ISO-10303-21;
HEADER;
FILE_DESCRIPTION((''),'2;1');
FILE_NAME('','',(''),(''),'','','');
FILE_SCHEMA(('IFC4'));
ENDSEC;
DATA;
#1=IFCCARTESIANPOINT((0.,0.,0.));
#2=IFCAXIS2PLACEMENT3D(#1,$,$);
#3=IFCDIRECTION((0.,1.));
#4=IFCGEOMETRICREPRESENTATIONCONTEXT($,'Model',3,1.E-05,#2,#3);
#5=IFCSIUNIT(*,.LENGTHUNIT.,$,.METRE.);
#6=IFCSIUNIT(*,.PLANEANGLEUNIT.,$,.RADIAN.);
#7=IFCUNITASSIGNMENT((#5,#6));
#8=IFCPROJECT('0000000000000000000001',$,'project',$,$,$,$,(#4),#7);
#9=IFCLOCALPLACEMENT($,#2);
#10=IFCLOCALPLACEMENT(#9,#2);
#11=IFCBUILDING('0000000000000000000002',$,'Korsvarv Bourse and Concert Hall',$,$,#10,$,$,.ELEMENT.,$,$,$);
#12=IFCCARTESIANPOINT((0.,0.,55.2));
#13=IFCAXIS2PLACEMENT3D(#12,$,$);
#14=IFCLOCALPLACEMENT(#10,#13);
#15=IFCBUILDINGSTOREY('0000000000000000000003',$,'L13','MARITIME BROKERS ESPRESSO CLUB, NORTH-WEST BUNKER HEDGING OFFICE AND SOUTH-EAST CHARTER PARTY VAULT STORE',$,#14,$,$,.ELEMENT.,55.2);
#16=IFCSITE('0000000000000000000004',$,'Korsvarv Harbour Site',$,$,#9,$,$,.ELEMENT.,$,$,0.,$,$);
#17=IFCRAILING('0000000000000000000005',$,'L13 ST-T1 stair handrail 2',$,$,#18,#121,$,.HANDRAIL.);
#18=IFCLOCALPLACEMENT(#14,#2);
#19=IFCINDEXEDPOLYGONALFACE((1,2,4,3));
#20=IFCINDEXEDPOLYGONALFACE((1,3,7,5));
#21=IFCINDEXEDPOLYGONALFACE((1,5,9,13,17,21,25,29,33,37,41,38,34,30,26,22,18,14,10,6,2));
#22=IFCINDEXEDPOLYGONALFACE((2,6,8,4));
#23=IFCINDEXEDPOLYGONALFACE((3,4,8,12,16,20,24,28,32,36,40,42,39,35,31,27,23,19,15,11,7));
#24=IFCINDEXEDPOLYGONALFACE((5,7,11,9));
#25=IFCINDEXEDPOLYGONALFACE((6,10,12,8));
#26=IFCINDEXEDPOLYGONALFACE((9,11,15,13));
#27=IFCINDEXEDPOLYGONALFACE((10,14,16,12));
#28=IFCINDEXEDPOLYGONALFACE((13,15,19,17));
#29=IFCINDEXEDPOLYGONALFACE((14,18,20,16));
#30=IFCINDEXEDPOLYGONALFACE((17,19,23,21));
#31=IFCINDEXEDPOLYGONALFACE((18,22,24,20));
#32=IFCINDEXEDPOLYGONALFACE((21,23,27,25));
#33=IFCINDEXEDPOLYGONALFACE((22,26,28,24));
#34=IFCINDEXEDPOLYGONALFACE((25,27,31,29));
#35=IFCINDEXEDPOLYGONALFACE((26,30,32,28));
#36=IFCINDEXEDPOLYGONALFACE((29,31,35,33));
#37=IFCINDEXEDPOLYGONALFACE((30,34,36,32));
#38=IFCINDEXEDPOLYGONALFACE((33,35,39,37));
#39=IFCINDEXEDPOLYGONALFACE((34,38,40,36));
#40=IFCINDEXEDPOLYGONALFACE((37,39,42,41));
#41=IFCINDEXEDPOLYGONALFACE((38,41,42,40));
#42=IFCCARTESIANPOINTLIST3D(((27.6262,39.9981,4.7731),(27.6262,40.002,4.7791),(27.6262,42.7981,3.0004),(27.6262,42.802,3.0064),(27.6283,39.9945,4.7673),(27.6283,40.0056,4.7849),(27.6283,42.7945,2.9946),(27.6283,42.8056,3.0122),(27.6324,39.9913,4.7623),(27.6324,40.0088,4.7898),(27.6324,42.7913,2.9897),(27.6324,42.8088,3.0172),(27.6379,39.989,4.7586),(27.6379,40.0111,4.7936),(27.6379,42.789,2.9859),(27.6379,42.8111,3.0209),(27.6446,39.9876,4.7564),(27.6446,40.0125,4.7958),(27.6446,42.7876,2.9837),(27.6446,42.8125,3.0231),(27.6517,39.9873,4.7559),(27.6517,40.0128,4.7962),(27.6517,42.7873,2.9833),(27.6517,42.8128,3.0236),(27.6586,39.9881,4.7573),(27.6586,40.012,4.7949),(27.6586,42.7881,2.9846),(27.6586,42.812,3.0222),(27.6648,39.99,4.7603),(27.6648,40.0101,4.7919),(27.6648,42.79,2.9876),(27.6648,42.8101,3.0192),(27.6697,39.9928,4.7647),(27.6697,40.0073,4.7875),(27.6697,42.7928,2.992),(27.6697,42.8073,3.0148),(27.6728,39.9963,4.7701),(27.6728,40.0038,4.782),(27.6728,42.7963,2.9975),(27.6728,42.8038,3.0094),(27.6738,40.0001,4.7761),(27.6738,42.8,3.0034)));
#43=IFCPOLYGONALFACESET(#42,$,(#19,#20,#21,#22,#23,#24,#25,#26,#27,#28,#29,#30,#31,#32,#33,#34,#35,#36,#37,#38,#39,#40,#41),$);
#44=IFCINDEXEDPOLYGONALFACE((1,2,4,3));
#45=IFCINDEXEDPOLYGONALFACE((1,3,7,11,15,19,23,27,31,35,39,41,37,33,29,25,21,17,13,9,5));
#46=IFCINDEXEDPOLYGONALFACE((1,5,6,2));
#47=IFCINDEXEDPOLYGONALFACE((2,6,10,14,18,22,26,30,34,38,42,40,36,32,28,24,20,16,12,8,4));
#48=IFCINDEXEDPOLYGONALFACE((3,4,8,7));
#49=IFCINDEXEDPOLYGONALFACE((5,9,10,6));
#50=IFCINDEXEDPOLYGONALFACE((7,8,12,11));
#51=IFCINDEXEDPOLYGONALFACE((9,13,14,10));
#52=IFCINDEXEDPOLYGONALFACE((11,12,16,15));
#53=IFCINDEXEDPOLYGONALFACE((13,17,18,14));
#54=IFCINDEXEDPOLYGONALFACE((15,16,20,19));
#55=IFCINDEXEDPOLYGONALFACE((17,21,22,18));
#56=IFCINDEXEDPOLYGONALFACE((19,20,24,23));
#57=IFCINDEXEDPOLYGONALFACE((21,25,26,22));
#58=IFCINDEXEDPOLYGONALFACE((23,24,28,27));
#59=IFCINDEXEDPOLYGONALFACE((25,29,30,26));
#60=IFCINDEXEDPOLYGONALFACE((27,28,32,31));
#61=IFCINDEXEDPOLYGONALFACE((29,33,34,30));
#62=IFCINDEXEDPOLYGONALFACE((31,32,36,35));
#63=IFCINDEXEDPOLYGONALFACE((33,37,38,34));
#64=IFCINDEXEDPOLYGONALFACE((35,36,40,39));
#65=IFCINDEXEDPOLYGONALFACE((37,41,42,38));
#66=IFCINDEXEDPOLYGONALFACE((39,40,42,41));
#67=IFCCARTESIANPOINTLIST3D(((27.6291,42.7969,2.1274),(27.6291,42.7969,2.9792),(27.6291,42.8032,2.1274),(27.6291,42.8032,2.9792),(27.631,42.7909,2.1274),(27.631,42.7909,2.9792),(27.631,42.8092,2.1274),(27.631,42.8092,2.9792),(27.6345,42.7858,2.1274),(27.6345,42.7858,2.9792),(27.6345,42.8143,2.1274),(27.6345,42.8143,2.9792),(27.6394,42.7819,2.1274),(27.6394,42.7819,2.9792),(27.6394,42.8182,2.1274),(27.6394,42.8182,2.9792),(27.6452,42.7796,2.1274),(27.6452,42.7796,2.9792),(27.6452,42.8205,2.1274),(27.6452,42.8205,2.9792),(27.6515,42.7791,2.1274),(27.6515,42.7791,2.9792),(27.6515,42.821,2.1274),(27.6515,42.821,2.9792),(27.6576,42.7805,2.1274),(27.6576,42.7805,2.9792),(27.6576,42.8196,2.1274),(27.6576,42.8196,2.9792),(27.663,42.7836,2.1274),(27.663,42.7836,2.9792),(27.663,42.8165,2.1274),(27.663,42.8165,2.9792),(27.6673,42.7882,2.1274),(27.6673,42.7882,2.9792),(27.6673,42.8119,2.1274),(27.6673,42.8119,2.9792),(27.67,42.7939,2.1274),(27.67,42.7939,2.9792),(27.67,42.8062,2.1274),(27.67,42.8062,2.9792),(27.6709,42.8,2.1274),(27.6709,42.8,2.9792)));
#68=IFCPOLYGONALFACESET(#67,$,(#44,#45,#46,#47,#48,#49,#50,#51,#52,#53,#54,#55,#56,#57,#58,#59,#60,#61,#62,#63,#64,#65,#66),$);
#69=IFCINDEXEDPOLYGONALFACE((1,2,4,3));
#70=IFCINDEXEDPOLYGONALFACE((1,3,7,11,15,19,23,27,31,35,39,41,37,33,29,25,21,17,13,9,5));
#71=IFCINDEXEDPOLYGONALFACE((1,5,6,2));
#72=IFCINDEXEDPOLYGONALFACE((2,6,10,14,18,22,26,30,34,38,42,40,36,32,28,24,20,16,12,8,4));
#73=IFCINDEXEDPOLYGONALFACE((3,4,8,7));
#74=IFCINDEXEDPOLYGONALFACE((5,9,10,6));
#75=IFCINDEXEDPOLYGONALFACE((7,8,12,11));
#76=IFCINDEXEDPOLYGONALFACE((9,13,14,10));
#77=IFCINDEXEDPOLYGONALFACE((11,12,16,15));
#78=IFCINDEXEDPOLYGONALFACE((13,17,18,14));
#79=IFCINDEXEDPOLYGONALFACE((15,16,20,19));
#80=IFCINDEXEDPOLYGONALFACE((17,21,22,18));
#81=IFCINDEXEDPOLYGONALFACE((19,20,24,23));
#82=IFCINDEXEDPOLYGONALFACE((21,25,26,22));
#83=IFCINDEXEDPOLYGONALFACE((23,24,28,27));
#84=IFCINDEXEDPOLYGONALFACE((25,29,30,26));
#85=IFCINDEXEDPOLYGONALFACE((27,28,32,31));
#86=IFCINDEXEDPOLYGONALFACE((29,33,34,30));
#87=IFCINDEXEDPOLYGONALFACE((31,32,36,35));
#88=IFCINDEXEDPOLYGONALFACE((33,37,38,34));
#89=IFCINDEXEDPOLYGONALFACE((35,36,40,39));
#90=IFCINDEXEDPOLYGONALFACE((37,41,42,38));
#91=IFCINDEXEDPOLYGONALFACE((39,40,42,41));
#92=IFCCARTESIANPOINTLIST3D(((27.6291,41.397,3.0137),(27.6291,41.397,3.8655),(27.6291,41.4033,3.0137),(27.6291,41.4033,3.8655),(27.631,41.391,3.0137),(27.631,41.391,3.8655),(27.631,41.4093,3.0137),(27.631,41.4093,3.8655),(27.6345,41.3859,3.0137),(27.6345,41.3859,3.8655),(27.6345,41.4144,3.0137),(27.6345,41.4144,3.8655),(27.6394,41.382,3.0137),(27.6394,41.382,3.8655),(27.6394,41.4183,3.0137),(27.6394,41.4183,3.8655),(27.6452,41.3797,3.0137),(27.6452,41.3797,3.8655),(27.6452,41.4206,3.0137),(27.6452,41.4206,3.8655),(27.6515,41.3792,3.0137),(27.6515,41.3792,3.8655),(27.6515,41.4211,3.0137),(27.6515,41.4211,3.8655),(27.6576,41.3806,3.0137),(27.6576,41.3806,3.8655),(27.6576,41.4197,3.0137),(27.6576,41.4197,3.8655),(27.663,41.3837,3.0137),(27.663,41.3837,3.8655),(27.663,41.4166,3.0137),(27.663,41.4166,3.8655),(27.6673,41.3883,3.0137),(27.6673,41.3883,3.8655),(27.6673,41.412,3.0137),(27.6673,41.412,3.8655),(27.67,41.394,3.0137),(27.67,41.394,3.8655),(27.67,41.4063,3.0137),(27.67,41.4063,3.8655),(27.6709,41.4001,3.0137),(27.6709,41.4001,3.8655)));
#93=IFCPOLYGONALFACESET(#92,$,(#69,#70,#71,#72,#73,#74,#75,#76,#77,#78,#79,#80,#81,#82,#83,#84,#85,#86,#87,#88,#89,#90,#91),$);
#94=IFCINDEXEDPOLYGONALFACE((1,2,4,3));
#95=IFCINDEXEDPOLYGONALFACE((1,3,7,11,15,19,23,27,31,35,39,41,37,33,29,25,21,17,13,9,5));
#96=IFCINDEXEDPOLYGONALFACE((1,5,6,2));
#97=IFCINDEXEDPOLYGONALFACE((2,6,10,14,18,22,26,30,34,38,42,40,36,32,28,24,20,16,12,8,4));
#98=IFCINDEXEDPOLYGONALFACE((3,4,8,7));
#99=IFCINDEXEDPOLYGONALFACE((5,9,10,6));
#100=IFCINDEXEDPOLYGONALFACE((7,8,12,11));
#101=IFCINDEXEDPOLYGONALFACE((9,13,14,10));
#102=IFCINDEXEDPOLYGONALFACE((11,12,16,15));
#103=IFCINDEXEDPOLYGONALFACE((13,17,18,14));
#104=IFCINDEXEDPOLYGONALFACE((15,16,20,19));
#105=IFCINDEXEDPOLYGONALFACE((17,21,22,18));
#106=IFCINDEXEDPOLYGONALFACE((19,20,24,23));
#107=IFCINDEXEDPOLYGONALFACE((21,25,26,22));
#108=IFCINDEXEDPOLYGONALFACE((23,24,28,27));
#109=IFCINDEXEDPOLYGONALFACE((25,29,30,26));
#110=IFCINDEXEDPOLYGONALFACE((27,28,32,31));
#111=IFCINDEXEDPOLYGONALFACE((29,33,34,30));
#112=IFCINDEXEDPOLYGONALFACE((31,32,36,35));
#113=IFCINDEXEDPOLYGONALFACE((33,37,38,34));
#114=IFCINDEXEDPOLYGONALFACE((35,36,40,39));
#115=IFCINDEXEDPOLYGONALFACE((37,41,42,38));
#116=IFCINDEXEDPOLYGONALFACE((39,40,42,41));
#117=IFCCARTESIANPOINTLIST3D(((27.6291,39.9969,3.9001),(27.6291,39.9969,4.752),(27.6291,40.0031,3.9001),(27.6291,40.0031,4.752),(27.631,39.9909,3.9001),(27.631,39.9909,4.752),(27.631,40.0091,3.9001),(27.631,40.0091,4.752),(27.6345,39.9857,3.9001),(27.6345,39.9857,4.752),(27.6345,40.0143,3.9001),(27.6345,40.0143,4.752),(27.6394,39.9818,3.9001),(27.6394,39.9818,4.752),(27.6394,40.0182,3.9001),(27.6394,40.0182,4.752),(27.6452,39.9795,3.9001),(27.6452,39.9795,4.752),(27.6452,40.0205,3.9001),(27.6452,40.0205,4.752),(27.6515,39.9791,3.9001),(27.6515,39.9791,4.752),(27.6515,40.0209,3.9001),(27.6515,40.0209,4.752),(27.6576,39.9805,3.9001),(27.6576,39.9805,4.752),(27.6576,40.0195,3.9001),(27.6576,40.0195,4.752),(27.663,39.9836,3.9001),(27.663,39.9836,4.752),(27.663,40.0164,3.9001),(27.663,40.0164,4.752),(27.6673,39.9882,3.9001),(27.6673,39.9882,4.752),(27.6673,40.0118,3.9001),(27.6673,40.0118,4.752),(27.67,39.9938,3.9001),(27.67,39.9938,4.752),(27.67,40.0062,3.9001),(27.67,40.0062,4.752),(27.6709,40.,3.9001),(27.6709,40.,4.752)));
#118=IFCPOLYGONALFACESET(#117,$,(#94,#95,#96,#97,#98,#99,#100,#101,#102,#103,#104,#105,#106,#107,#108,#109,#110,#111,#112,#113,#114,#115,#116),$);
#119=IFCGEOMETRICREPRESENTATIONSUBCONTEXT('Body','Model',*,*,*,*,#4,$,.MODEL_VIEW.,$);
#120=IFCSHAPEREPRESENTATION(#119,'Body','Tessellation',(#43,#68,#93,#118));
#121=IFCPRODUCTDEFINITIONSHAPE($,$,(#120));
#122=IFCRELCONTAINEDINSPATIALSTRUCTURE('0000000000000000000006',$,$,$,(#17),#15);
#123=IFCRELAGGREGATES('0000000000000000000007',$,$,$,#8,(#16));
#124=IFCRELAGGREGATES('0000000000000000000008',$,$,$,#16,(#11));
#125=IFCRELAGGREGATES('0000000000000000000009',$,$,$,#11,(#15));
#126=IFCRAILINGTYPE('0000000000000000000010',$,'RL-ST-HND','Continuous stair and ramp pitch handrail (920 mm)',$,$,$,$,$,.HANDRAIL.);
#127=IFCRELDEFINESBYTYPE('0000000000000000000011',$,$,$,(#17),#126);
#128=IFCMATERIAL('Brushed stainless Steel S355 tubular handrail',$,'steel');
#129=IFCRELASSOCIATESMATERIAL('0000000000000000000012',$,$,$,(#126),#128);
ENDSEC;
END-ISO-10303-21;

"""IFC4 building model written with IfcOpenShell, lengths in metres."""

from ifc_helpers import new_model, si_unit, direction, frame, origin, origin_2d, place, context, subcontext, project, spatial, circle, extrude, material, type_object, element, save


model = new_model("IFC4")

# Units and contexts
model_context = context("Model", 3, precision=1e-05, world=origin(), true_north=direction((0.0, 1.0)))
body_context = subcontext(model_context, "Body", "Model", "MODEL_VIEW")
ifc_project = project(units=[si_unit("LENGTHUNIT", "METRE"), si_unit("PLANEANGLEUNIT", "RADIAN")], contexts=[model_context])

# Site, building, storey
site_placement = place(None, origin())
site = spatial("IfcSite", under=ifc_project, at=site_placement, Name="Korsvarv Harbour Site", CompositionType="ELEMENT", RefElevation=0.0)
building_placement = place(site_placement, origin())
building = spatial("IfcBuilding", under=site, at=building_placement, Name="Korsvarv Bourse and Concert Hall", CompositionType="ELEMENT")
storey_placement = place(building_placement, frame((0.0, 0.0, 55.2)))
storey = spatial("IfcBuildingStorey", under=building, at=storey_placement, Name="L13", Description="MARITIME BROKERS ESPRESSO CLUB, NORTH-WEST BUNKER HEDGING OFFICE AND SOUTH-EAST CHARTER PARTY VAULT STORE", CompositionType="ELEMENT", Elevation=55.2)

# Railing
ifc_material_1 = material(Name="Brushed stainless Steel S355 tubular handrail", Category="steel")
railing_type_1 = type_object("IfcRailingType", Name="RL-ST-HND", Description="Continuous stair and ramp pitch handrail (920 mm)", PredefinedType="HANDRAIL", material=ifc_material_1)
railing_1_placement = place(storey_placement, frame((27.6499, 42.8, 2.1274)))
element("IfcRailing", 1, at=railing_1_placement, inside=storey, type_object=railing_type_1, Name="L13 ST-T1 stair handrail 2", PredefinedType="HANDRAIL", context=body_context, shape_type="SweptSolid", body=[
    extrude(circle(Radius=0.0239, at=origin_2d()), frame((0.0, 0.0, 0.876), z_axis=(0.0, -0.844909, 0.53491), x_axis=(1.0, 0.0, 0.0)), (0.0, 0.0, 1.0), 3.314),
    extrude(circle(Radius=0.021, at=origin_2d()), origin(), (0.0, 0.0, 1.0), 0.8518),
    extrude(circle(Radius=0.021, at=origin_2d()), frame((0.0, -1.3999, 0.8862)), (0.0, 0.0, 1.0), 0.8518),
    extrude(circle(Radius=0.021, at=origin_2d()), frame((0.0, -2.8, 1.7727)), (0.0, 0.0, 1.0), 0.8518),
])

save(model, "model.ifc")
